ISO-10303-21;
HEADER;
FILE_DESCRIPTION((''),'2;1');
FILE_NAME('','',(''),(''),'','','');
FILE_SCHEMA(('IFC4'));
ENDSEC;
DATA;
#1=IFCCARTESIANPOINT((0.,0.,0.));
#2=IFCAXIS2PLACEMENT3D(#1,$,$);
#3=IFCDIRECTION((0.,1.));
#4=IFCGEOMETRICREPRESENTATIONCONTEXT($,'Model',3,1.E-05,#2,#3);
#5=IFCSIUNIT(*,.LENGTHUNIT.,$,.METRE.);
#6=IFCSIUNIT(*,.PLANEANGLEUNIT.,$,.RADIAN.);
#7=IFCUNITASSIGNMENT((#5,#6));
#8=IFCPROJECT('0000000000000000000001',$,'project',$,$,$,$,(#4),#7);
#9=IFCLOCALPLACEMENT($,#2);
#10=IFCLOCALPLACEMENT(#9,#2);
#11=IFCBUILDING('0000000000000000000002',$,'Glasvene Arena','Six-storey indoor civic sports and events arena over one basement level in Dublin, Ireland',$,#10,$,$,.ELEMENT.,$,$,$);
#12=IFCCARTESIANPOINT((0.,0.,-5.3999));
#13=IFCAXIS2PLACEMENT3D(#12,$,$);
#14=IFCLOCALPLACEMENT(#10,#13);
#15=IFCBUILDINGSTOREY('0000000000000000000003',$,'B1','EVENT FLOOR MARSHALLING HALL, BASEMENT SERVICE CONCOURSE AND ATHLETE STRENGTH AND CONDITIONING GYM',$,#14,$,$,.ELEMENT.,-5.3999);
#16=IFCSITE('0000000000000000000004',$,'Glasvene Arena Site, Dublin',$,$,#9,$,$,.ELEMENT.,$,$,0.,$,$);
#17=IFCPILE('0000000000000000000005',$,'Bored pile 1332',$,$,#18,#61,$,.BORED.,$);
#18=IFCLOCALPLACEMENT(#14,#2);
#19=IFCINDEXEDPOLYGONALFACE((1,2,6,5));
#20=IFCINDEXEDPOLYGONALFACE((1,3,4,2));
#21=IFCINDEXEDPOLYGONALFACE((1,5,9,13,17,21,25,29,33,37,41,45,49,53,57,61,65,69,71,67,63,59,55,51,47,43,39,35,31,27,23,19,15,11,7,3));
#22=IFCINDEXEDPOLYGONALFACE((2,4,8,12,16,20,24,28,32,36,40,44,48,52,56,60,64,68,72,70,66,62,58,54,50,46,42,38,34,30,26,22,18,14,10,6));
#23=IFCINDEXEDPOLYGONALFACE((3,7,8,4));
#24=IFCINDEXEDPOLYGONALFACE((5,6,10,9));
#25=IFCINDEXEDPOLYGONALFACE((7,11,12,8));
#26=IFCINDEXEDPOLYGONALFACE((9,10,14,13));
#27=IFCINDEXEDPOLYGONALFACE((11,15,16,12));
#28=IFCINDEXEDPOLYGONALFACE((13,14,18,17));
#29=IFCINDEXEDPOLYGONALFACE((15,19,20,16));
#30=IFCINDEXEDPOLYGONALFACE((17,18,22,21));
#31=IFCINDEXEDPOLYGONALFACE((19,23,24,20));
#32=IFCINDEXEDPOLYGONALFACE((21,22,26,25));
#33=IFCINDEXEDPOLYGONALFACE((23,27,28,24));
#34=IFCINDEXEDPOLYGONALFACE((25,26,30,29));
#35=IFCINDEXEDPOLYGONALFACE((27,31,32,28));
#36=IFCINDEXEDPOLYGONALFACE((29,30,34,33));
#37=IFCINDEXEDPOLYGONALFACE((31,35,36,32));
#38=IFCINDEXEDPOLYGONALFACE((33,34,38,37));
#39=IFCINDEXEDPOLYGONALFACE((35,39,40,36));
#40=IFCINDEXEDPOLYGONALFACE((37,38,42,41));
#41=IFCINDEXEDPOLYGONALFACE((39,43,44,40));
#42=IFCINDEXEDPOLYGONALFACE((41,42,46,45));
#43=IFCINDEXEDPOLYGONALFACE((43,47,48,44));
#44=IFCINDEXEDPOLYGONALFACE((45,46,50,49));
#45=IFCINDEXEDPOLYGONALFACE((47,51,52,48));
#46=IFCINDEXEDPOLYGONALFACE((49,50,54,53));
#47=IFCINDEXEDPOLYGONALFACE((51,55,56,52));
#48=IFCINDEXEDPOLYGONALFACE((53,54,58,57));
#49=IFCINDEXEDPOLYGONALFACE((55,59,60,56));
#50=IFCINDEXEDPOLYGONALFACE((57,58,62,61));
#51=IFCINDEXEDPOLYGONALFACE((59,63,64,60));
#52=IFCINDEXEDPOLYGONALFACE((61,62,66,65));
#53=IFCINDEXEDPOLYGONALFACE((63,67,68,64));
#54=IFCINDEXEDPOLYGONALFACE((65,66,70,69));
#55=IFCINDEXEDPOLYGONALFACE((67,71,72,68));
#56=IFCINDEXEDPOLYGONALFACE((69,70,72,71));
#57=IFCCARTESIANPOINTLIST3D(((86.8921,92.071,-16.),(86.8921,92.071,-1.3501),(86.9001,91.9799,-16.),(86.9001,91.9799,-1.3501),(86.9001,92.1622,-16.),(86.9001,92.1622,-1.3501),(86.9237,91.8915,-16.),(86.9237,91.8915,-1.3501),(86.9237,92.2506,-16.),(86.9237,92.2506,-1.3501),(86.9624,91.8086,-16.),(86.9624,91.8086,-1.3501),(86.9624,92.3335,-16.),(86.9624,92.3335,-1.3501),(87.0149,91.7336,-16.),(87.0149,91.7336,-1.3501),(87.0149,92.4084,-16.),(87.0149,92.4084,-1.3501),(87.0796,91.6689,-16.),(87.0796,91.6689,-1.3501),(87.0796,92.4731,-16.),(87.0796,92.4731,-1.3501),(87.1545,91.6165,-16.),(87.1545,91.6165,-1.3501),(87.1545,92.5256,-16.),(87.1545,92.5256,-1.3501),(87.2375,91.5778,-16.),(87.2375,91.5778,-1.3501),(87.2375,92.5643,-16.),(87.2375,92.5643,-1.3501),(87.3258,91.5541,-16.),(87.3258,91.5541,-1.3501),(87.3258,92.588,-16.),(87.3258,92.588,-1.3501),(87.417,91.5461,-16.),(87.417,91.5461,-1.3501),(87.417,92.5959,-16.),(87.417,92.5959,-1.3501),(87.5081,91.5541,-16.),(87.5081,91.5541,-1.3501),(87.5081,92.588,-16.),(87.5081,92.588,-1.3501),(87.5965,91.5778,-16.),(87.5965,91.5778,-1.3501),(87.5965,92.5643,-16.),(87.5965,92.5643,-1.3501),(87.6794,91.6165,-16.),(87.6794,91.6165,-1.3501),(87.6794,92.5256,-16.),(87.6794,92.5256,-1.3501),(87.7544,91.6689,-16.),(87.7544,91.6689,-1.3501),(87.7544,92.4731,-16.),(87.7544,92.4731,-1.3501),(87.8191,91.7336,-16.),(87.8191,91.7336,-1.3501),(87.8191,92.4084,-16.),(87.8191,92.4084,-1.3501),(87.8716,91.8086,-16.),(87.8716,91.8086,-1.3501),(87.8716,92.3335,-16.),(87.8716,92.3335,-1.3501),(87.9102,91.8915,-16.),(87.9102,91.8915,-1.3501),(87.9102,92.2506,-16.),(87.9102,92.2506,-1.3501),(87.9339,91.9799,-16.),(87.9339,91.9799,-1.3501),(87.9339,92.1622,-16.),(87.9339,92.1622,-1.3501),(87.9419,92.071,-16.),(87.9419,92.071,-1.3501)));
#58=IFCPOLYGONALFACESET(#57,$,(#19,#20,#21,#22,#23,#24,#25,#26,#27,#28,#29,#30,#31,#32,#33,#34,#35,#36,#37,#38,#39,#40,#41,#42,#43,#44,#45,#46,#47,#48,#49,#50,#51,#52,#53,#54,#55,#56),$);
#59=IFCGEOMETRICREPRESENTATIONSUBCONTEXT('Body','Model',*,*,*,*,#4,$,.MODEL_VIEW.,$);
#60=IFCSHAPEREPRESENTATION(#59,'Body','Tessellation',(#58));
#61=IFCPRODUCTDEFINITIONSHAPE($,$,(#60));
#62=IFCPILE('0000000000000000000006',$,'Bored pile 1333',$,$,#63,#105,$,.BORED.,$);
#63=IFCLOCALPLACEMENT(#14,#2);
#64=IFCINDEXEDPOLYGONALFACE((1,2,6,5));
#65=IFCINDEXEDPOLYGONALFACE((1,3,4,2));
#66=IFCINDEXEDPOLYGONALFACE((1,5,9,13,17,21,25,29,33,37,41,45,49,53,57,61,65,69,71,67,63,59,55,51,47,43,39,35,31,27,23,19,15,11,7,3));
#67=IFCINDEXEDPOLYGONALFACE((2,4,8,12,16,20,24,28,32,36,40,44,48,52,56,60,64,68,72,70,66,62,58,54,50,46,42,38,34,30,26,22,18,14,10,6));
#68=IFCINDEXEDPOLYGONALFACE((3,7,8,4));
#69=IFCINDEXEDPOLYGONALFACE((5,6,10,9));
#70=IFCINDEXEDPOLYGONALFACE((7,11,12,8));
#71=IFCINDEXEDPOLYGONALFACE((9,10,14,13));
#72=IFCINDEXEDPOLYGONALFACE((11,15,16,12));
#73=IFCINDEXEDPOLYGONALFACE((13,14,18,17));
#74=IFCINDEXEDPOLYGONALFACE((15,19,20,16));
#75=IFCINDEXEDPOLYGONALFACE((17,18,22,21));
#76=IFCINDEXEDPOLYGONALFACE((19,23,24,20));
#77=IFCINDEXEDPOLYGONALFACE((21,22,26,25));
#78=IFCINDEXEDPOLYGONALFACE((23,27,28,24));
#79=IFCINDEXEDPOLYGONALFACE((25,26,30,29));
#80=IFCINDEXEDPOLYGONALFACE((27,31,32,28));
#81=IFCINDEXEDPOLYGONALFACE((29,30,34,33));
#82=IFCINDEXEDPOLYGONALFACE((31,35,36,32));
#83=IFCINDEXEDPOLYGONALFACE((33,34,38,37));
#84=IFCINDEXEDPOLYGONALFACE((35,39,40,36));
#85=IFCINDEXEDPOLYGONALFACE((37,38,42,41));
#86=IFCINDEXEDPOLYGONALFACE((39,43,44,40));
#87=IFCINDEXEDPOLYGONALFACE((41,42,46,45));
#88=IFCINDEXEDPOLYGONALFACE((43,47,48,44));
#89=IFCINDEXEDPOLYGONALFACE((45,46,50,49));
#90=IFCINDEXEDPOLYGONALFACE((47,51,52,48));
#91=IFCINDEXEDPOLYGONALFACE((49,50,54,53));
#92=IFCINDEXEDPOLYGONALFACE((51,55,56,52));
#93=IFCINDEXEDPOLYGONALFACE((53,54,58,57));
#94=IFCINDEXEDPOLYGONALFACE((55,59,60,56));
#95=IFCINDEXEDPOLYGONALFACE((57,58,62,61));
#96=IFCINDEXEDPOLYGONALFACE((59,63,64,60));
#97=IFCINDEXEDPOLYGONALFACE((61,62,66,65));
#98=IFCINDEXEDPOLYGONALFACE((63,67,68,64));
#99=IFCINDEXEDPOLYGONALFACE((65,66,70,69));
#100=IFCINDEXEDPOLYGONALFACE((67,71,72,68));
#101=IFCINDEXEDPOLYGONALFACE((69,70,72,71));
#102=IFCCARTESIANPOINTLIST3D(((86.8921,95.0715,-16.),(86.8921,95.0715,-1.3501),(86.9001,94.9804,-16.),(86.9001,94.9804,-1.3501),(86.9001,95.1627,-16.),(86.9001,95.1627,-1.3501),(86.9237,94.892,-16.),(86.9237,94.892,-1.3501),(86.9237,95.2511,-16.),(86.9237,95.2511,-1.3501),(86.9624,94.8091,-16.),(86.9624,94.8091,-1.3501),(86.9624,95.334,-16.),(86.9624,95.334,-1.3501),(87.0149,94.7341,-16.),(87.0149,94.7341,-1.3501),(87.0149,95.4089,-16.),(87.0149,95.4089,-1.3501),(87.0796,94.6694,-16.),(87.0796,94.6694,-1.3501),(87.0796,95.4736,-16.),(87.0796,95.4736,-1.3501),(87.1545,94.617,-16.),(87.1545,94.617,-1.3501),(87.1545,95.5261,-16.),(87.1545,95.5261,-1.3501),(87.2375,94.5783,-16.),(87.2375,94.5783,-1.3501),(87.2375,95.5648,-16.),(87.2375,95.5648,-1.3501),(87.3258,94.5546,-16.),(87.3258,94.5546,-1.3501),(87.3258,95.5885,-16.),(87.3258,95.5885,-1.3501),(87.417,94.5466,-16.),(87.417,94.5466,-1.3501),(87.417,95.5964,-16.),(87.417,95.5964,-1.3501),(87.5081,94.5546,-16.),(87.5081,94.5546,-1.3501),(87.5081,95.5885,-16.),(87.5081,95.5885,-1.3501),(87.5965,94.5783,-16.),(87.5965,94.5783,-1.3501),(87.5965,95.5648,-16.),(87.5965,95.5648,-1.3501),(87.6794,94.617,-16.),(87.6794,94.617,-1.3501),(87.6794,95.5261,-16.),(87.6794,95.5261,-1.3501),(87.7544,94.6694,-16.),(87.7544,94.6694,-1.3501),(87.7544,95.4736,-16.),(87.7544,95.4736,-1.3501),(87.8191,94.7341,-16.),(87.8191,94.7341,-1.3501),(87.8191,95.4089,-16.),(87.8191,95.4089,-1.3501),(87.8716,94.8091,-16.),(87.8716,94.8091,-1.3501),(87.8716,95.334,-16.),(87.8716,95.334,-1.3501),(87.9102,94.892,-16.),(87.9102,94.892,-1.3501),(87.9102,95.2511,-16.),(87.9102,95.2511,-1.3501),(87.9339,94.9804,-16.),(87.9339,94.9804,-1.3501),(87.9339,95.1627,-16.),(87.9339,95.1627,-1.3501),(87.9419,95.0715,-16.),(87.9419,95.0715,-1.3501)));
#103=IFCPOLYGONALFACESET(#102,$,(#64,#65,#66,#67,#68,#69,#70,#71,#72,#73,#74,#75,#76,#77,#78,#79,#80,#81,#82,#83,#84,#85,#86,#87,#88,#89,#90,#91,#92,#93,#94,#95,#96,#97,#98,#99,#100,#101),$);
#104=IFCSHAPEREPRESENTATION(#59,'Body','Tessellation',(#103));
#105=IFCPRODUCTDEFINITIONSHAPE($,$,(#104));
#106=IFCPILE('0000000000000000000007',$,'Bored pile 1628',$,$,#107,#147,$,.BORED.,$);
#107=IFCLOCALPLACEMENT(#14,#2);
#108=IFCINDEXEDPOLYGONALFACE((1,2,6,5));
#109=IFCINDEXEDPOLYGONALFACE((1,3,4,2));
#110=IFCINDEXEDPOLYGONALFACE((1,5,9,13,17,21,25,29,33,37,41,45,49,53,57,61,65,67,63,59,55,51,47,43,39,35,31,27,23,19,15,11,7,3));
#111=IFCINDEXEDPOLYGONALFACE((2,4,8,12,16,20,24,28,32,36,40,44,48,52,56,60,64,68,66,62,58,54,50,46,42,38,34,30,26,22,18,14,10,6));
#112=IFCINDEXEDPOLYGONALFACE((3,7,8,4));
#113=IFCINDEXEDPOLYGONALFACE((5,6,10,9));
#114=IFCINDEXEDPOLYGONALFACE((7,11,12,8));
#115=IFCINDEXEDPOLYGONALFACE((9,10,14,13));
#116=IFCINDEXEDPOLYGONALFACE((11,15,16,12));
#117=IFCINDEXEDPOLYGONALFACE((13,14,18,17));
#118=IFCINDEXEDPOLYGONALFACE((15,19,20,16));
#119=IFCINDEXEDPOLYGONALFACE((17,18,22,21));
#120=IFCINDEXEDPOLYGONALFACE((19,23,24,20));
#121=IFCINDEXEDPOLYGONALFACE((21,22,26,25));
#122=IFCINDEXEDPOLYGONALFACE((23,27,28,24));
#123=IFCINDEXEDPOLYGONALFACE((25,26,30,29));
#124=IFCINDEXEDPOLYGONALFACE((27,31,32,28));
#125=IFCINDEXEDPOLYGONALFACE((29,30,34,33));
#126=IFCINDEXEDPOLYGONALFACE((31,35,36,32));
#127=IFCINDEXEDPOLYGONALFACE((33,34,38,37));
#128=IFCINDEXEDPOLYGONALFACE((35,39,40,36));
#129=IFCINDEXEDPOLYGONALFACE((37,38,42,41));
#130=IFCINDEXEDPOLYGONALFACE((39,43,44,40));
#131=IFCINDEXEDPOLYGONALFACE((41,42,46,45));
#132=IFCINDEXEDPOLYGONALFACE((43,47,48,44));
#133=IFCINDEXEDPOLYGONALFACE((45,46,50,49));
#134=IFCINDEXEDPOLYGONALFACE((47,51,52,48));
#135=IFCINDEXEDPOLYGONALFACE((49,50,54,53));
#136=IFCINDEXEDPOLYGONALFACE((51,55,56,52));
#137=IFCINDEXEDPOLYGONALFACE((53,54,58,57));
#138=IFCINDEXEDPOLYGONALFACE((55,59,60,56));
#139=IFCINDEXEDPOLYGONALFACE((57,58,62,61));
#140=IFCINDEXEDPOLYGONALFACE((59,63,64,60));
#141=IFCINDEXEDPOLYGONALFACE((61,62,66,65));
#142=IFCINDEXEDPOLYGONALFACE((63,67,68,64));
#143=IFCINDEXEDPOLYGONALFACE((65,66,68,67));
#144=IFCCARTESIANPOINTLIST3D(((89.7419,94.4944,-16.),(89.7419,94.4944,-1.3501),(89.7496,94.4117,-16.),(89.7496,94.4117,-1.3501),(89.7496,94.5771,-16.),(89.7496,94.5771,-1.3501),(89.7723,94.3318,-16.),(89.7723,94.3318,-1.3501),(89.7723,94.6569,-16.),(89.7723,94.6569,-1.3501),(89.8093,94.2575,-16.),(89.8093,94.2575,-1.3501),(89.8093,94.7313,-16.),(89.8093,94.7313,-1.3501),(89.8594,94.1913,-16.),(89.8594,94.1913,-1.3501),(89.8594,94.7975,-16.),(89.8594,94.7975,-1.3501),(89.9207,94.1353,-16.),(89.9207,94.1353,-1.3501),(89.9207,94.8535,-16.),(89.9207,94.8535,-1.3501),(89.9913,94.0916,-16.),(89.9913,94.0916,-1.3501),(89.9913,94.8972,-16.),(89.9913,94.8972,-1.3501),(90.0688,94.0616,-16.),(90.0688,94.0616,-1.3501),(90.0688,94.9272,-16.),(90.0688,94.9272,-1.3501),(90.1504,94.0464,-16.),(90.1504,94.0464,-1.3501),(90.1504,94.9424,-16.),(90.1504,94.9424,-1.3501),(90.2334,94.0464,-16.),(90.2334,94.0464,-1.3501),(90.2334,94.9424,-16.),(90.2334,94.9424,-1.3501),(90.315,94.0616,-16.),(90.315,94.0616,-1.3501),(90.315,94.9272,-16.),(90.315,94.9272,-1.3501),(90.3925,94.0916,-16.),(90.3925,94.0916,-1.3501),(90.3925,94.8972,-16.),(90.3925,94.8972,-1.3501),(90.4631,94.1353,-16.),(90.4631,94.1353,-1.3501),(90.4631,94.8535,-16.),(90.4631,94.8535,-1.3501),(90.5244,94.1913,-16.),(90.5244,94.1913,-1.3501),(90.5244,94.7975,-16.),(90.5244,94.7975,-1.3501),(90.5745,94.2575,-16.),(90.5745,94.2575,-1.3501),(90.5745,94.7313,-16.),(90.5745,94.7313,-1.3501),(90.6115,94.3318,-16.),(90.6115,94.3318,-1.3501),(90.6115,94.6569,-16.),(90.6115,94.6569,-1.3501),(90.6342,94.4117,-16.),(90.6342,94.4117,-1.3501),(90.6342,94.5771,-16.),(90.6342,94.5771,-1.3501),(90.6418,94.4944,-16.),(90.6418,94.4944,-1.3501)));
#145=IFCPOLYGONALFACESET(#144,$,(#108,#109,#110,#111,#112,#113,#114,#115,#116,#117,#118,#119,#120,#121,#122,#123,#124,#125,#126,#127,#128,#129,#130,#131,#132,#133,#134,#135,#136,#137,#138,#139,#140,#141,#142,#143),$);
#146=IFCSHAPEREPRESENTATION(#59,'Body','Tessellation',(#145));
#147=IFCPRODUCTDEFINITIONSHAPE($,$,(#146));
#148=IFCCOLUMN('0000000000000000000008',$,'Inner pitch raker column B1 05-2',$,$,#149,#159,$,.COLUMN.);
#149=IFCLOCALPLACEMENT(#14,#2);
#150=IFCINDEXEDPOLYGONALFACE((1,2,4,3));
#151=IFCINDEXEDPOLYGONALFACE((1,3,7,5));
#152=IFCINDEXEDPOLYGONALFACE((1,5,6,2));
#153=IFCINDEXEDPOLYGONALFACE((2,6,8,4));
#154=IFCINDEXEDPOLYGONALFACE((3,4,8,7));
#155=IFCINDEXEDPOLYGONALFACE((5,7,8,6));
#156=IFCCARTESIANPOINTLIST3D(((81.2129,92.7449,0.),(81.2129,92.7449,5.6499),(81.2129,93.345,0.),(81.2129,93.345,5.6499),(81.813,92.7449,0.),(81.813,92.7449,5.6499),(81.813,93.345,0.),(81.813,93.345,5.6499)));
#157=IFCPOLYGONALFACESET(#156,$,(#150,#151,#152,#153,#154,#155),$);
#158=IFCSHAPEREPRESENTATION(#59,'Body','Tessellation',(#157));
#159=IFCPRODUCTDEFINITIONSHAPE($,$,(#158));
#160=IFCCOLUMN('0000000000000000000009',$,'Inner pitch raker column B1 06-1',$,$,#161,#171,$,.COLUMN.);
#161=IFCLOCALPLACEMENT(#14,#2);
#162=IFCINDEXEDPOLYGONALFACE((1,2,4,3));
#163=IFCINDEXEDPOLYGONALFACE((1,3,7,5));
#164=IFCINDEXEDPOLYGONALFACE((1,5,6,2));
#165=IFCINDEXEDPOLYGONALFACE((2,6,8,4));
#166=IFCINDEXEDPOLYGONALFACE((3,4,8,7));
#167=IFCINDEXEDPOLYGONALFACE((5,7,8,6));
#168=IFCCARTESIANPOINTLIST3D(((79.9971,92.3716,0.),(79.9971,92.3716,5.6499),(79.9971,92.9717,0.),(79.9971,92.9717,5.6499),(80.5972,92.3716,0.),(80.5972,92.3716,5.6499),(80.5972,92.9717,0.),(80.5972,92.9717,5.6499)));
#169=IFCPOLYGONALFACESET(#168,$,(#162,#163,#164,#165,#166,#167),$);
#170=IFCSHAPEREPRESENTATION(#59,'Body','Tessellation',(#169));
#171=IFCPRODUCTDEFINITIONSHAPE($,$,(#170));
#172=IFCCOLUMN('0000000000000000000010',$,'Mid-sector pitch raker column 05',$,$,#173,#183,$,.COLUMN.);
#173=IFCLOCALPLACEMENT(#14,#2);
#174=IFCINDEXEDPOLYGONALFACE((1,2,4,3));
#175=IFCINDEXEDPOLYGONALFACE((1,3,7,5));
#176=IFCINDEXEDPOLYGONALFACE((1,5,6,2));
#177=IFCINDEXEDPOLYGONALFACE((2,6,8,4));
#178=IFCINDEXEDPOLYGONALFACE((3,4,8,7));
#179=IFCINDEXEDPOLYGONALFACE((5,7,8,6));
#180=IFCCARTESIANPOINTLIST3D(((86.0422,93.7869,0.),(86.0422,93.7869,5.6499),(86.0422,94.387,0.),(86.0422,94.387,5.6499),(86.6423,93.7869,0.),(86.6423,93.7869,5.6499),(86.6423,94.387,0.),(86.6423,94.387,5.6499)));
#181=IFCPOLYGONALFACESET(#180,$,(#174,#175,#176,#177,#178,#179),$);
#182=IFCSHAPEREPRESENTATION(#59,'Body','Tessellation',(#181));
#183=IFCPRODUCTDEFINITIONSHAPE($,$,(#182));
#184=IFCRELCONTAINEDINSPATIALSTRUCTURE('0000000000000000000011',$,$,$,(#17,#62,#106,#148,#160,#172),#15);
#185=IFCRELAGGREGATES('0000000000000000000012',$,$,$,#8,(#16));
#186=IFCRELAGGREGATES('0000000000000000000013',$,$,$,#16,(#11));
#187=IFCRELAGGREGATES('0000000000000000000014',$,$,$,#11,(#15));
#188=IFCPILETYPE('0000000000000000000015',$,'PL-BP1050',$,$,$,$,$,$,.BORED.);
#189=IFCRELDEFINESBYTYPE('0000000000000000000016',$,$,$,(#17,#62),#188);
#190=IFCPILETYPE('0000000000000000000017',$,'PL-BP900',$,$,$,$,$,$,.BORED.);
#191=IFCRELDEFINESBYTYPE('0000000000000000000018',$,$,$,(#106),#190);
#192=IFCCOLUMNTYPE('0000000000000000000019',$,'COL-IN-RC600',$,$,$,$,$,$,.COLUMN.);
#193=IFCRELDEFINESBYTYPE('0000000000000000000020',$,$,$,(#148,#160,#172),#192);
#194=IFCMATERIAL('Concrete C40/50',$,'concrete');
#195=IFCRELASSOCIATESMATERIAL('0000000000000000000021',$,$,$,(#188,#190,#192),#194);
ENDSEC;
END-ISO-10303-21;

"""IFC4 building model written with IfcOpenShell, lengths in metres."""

from ifc_helpers import new_model, si_unit, direction, frame, origin, origin_2d, place, context, subcontext, project, spatial, rectangle, circle, extrude, material, material_profile, profile_set, type_object, element, save


model = new_model("IFC4")

# Units and contexts
model_context = context("Model", 3, precision=1e-05, world=origin(), true_north=direction((0.0, 1.0)))
body_context = subcontext(model_context, "Body", "Model", "MODEL_VIEW")
ifc_project = project(units=[si_unit("LENGTHUNIT", "METRE"), si_unit("PLANEANGLEUNIT", "RADIAN")], contexts=[model_context])

# Site, building, storey
site_placement = place(None, origin())
site = spatial("IfcSite", under=ifc_project, at=site_placement, Name="Glasvene Arena Site, Dublin", CompositionType="ELEMENT", RefElevation=0.0)
building_placement = place(site_placement, origin())
building = spatial("IfcBuilding", under=site, at=building_placement, Name="Glasvene Arena", Description="Six-storey indoor civic sports and events arena over one basement level in Dublin, Ireland", CompositionType="ELEMENT")
storey_placement = place(building_placement, frame((0.0, 0.0, -5.3999)))
storey = spatial("IfcBuildingStorey", under=building, at=storey_placement, Name="B1", Description="EVENT FLOOR MARSHALLING HALL, BASEMENT SERVICE CONCOURSE AND ATHLETE STRENGTH AND CONDITIONING GYM", CompositionType="ELEMENT", Elevation=-5.3999)

# Piles
ifc_material_1 = material(Name="Concrete C40/50", Category="concrete")
ifc_material_profile_1 = material_profile(ifc_material_1, circle(Radius=0.5249, at=origin_2d()), Name="BORED PILE 1050")
ifc_profile_set_1 = profile_set([ifc_material_profile_1], Name="Concrete C40/50")
pile_type_1 = type_object("IfcPileType", Name="PL-BP1050", PredefinedType="BORED", material=ifc_profile_set_1)
for number, where, z_axis, x_axis, name in (
    (1, (87.417, 92.071, -1.3501), (0.0, 0.0, -1.0), (1.0, 0.0, 0.0), "Bored pile 1332"),
    (2, (87.417, 95.0715, -1.3501), (0.0, 0.0, -1.0), (1.0, 0.0, 0.0), "Bored pile 1333"),
):
    element("IfcPile", number, at=place(storey_placement, frame(where, z_axis=z_axis, x_axis=x_axis)), inside=storey, type_object=pile_type_1, Name=name, PredefinedType="BORED", context=body_context, shape_type="SweptSolid", body=[
        extrude(circle(Radius=0.5249, at=origin_2d()), origin(), (0.0, 0.0, 1.0), 14.6499),
    ])
ifc_material_profile_2 = material_profile(ifc_material_1, circle(Radius=0.45, at=origin_2d()), Name="BORED PILE 900")
ifc_profile_set_2 = profile_set([ifc_material_profile_2], Name="Concrete C40/50")
pile_type_2 = type_object("IfcPileType", Name="PL-BP900", PredefinedType="BORED", material=ifc_profile_set_2)
pile_placement = place(storey_placement, frame((90.1919, 94.4944, -1.3501), z_axis=(0.0, 0.0, -1.0), x_axis=(1.0, 0.0, 0.0)))
element("IfcPile", 3, at=pile_placement, inside=storey, type_object=pile_type_2, Name="Bored pile 1628", PredefinedType="BORED", context=body_context, shape_type="SweptSolid", body=[
    extrude(circle(Radius=0.45, at=origin_2d()), origin(), (0.0, 0.0, 1.0), 14.6499),
])

# Columns
ifc_material_profile_3 = material_profile(ifc_material_1, rectangle(XDim=0.6001, YDim=0.6001, at=origin_2d()), Name="RC 600x600")
ifc_profile_set_3 = profile_set([ifc_material_profile_3], Name="Concrete C40/50")
column_type = type_object("IfcColumnType", Name="COL-IN-RC600", PredefinedType="COLUMN", material=ifc_profile_set_3)
for number, where, z_axis, x_axis, name in (
    (4, (81.5129, 93.0449, 0.0), (0.0, 0.0, 1.0), (1.0, 0.0, 0.0), "Inner pitch raker column B1 05-2"),
    (5, (80.2971, 92.6716, 0.0), (0.0, 0.0, 1.0), (1.0, 0.0, 0.0), "Inner pitch raker column B1 06-1"),
    (6, (86.3423, 94.0869, 0.0), (0.0, 0.0, 1.0), (1.0, 0.0, 0.0), "Mid-sector pitch raker column 05"),
):
    element("IfcColumn", number, at=place(storey_placement, frame(where, z_axis=z_axis, x_axis=x_axis)), inside=storey, type_object=column_type, Name=name, PredefinedType="COLUMN", context=body_context, shape_type="SweptSolid", body=[
        extrude(rectangle(XDim=0.6001, YDim=0.6001, at=origin_2d()), origin(), (0.0, 0.0, 1.0), 5.6499),
    ])

save(model, "model.ifc")
